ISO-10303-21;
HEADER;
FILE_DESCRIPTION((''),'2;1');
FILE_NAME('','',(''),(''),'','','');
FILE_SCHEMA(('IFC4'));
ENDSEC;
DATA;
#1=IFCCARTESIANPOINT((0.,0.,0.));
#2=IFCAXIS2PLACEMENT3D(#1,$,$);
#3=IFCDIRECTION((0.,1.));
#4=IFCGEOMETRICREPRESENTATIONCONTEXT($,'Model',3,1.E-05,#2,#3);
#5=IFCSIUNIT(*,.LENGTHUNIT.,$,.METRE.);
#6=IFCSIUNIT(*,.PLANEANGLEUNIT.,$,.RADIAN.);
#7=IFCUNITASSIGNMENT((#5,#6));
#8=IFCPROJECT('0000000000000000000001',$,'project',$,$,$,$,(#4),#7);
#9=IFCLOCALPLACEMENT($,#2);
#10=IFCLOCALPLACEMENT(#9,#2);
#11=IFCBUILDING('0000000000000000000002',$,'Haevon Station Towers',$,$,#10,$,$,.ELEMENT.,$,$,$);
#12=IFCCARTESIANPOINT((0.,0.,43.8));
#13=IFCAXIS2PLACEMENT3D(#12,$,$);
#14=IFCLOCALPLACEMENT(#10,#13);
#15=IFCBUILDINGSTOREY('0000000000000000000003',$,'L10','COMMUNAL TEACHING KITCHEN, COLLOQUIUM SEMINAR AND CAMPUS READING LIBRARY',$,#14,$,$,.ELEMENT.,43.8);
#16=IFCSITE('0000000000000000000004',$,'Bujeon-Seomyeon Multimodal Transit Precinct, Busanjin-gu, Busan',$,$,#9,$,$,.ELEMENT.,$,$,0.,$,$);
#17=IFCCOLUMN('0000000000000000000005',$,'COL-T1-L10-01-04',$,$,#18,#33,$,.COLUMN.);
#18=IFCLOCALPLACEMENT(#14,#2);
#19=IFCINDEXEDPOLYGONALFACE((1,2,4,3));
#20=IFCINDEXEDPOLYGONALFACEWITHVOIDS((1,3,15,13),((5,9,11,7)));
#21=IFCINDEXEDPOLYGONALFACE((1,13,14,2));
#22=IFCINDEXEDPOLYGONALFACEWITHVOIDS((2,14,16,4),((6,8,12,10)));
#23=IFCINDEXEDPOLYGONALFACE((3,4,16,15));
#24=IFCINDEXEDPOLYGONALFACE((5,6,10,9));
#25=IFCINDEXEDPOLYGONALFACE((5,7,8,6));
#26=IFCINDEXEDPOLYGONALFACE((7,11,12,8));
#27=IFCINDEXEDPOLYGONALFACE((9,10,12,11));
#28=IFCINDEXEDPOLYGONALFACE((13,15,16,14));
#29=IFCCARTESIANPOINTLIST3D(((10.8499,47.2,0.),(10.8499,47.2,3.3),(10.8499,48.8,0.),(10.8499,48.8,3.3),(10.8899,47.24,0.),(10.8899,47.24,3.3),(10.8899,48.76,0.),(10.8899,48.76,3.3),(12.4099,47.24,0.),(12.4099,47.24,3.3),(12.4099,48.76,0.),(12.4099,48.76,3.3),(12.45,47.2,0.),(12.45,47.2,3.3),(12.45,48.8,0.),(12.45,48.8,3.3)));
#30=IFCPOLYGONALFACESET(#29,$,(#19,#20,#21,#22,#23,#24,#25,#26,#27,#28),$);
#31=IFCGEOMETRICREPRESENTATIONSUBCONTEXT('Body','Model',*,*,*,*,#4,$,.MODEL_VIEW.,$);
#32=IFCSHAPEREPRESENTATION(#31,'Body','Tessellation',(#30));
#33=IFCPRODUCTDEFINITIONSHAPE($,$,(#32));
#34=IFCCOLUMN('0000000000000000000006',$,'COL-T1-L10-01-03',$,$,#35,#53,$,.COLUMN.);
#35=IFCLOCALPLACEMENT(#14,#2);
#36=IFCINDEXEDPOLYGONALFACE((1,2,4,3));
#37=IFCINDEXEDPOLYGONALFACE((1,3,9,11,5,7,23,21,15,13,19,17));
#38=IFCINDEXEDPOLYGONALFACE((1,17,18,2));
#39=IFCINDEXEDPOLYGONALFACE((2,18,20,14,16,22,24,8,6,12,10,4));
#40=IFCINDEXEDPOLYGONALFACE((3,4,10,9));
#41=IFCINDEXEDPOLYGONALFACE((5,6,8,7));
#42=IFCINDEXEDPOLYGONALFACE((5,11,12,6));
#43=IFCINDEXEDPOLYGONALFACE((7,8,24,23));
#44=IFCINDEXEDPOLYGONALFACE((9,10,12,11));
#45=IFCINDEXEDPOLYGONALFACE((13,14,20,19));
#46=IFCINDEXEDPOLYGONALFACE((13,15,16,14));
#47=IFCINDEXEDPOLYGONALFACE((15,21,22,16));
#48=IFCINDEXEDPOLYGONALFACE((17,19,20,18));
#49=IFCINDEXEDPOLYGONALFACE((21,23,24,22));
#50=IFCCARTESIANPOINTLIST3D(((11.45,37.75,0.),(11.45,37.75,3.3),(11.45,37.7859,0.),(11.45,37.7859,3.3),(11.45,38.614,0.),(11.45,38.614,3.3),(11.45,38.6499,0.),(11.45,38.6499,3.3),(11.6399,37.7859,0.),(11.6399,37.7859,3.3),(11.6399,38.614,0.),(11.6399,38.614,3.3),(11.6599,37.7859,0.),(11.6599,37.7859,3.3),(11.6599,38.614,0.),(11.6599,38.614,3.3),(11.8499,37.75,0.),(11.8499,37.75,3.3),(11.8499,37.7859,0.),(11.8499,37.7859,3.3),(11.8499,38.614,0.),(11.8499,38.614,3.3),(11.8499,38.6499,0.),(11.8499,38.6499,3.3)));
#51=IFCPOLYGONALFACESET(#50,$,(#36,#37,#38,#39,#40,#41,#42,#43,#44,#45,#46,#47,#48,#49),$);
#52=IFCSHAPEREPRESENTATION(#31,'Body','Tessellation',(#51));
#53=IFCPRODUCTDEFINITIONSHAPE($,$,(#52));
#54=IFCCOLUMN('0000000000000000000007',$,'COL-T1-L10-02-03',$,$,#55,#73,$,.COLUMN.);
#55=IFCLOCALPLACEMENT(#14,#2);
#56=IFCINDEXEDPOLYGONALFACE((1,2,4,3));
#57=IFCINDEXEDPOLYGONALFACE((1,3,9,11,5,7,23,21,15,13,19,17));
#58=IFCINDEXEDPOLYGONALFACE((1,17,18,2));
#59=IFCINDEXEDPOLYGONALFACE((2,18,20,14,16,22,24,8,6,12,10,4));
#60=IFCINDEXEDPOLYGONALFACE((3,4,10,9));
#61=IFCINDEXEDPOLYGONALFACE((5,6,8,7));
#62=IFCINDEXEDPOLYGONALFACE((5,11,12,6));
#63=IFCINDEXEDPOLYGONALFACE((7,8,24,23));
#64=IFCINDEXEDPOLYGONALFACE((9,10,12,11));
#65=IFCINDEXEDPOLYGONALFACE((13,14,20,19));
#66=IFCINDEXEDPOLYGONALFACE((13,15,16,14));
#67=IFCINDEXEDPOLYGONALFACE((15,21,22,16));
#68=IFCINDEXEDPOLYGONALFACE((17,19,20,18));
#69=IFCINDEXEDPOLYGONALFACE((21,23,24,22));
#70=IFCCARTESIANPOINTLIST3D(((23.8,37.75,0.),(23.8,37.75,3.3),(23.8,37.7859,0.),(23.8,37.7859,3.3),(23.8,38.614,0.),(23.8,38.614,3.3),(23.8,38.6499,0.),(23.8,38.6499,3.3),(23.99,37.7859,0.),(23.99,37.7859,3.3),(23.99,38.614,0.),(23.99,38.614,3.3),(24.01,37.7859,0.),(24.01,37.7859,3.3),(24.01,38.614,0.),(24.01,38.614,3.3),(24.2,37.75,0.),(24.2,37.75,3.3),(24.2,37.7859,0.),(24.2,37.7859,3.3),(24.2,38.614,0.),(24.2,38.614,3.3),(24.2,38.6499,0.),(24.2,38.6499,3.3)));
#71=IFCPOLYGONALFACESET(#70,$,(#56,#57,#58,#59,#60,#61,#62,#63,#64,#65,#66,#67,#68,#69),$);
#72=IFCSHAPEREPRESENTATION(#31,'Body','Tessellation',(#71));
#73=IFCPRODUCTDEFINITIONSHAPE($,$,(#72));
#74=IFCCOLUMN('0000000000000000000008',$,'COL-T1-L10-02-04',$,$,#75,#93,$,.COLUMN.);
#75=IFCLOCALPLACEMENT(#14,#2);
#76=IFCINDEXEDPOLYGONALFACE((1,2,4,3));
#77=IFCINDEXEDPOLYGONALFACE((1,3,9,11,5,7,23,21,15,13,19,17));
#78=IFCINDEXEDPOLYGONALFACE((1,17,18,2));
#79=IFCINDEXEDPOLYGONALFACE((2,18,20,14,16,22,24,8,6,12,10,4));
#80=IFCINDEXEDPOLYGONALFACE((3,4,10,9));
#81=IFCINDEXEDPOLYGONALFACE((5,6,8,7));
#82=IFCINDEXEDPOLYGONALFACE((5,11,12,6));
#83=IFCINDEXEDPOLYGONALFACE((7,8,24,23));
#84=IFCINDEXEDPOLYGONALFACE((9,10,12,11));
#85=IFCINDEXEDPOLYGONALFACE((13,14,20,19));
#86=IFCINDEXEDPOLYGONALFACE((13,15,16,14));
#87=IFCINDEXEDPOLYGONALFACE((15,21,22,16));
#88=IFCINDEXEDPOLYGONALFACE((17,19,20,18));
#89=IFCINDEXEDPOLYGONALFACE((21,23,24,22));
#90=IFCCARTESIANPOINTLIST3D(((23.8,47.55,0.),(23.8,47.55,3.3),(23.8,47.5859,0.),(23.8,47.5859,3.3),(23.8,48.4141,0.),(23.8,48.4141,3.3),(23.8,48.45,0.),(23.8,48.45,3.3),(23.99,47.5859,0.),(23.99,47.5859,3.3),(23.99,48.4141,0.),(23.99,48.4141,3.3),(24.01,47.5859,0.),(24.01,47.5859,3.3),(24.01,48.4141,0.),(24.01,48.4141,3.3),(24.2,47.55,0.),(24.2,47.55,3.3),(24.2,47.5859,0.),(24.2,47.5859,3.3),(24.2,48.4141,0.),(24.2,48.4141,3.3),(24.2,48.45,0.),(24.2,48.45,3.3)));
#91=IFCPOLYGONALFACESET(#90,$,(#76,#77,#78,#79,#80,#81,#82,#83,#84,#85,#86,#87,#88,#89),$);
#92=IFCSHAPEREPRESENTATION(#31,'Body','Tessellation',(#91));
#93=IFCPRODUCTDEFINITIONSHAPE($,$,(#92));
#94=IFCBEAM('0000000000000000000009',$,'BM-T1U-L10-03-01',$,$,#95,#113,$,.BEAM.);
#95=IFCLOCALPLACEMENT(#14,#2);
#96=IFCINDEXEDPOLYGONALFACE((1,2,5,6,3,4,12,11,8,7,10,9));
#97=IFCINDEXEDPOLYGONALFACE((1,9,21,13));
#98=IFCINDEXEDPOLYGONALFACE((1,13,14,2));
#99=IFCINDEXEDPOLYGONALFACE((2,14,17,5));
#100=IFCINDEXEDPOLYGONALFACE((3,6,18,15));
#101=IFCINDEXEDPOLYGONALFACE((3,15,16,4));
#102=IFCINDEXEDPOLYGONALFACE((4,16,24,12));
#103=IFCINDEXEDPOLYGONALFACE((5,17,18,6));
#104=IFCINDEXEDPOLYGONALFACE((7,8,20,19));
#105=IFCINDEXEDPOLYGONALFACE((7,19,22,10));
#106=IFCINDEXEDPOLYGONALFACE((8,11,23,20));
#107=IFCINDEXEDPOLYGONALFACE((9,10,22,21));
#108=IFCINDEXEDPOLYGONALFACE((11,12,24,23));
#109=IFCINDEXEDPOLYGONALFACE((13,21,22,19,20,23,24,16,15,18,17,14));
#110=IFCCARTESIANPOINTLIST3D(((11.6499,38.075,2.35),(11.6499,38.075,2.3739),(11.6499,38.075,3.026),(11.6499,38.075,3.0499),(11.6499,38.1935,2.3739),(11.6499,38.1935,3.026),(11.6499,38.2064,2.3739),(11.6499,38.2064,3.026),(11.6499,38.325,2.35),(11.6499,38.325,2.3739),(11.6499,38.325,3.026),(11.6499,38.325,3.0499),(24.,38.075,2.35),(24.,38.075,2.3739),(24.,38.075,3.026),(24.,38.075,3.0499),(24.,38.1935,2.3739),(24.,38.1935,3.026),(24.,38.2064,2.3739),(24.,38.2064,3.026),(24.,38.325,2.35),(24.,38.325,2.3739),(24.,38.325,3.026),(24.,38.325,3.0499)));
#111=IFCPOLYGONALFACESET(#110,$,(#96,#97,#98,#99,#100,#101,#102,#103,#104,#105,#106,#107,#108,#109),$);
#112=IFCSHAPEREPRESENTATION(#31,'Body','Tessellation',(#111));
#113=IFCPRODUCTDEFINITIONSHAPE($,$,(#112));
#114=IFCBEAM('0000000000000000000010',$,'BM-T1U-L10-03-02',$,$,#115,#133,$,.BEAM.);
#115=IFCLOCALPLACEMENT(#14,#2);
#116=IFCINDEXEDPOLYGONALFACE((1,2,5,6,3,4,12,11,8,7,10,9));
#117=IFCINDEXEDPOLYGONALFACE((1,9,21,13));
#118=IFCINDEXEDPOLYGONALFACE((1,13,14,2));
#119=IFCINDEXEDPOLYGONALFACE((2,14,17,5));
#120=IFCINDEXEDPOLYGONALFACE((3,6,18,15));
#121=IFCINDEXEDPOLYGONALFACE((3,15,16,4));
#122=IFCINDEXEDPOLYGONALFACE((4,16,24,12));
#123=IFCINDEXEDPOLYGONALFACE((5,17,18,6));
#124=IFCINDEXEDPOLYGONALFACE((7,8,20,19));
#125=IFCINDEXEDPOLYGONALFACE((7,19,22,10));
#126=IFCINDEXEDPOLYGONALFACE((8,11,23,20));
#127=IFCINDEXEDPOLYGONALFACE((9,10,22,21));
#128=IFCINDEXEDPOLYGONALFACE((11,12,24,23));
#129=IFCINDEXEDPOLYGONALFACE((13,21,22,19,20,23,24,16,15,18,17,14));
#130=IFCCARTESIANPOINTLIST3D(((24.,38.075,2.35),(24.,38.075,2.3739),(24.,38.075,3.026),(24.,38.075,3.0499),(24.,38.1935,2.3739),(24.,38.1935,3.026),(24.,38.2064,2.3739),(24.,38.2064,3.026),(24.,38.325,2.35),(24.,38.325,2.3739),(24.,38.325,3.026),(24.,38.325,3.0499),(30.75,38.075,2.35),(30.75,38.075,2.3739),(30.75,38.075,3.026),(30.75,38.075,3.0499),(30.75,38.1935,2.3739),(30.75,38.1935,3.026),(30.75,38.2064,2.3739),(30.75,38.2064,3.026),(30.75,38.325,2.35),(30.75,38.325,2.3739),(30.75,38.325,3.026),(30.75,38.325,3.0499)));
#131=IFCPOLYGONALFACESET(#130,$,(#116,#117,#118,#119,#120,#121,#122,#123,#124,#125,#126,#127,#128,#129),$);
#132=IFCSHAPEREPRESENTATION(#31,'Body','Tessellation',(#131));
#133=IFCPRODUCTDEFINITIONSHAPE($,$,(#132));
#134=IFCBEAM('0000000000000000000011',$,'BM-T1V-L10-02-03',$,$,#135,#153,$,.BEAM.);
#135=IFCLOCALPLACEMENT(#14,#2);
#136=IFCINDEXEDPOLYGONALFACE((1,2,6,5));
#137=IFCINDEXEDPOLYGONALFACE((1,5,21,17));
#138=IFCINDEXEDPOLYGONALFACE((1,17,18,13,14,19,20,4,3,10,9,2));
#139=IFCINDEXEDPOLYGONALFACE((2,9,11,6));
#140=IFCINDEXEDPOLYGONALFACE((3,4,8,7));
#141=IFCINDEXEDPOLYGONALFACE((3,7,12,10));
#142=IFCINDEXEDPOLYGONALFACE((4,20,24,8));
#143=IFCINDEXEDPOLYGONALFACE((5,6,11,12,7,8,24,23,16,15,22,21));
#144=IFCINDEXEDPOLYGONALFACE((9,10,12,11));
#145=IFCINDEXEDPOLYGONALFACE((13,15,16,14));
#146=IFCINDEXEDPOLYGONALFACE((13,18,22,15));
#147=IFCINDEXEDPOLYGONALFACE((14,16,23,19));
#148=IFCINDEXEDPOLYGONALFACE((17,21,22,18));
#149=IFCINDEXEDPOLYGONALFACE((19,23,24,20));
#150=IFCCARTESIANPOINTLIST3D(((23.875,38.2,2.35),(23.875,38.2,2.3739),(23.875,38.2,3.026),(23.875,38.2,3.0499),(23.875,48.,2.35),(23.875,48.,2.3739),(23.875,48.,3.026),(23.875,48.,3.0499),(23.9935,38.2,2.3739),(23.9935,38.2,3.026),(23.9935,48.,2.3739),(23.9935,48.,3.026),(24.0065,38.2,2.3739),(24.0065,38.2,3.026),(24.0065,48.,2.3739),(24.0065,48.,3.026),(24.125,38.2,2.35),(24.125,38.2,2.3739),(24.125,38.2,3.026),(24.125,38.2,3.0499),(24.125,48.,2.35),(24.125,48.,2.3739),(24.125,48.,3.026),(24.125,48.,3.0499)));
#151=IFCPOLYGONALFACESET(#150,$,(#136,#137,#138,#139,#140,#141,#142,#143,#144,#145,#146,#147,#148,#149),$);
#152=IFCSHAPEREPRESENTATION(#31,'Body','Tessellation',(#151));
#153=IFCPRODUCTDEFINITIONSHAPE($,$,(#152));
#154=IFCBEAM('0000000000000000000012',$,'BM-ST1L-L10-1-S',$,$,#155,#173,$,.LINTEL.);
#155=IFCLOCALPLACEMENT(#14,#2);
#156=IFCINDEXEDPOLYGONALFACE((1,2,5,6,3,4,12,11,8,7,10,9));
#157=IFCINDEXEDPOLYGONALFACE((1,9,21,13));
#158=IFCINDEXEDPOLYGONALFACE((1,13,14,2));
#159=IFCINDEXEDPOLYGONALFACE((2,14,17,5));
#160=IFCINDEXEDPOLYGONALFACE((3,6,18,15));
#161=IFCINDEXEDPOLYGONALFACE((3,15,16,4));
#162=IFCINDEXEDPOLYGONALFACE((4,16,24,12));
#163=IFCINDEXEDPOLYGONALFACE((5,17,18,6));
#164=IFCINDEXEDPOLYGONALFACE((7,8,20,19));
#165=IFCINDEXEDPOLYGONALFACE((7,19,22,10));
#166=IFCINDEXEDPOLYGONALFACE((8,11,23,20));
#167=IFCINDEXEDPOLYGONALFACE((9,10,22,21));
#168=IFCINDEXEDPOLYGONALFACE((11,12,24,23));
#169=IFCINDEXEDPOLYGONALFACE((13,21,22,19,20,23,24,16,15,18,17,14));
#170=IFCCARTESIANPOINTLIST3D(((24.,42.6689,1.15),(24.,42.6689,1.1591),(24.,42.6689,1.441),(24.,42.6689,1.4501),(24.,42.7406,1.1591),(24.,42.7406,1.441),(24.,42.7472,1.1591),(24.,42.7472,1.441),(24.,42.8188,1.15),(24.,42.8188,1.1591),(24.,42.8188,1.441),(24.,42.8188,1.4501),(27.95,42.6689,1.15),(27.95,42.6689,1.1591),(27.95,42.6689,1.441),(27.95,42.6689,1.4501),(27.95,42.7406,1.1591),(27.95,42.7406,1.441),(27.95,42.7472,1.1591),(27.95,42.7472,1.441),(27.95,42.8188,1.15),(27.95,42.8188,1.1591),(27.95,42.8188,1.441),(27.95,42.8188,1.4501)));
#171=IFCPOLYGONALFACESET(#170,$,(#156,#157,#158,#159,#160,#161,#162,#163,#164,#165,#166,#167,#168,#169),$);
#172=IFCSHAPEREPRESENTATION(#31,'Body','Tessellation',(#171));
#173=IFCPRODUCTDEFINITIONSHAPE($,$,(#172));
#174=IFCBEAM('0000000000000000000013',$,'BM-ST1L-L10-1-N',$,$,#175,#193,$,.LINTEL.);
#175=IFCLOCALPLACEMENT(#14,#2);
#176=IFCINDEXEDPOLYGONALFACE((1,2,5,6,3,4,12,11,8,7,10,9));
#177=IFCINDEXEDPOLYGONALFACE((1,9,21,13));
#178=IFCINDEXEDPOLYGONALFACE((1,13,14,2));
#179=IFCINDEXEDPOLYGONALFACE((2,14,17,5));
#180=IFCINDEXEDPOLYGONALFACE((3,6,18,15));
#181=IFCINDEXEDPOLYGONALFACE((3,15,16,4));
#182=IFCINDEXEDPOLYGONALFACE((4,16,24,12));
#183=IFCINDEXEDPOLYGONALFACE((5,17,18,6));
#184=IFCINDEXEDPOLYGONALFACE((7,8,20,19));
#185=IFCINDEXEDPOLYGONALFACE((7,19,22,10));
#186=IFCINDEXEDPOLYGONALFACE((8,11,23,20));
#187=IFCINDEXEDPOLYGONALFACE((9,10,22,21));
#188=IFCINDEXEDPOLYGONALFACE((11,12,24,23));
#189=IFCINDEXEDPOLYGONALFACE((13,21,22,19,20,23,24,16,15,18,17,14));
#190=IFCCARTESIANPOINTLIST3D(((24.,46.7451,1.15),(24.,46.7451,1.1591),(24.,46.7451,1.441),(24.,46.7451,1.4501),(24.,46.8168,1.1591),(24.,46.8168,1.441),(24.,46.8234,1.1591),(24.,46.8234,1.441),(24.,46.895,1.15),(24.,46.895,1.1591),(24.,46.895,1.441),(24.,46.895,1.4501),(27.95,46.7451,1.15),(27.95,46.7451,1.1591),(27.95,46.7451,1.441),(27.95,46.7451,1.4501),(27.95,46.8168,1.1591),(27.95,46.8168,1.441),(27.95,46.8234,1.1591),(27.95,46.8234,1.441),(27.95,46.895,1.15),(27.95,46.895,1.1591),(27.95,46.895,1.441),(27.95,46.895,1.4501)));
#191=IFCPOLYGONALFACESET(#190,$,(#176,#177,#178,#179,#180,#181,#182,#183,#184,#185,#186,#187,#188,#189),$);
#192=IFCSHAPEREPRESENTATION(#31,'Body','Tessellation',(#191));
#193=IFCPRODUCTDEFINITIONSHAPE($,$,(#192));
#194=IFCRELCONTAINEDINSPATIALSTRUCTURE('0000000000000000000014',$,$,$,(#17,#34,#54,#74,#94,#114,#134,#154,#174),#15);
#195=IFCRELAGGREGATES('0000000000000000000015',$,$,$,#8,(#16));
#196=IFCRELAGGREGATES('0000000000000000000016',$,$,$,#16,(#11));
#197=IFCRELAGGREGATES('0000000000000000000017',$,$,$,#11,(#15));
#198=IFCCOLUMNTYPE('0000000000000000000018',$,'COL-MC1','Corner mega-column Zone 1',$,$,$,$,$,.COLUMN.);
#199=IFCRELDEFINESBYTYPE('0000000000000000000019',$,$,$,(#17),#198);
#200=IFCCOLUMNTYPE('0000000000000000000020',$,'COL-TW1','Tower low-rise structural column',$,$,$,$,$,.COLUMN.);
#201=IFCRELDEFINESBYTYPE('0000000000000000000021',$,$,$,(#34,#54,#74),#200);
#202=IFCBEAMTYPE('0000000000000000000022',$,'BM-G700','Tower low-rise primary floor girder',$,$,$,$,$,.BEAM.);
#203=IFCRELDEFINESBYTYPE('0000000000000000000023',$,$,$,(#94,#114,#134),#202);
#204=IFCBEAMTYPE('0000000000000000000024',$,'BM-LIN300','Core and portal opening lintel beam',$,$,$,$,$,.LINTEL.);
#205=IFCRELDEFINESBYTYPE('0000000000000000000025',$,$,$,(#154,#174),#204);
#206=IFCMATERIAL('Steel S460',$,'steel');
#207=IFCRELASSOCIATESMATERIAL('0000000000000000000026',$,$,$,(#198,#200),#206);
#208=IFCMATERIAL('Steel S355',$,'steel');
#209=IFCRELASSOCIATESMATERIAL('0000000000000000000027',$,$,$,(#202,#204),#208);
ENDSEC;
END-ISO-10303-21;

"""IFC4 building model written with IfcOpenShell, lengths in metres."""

from ifc_helpers import new_model, si_unit, direction, frame, origin, origin_2d, place, context, subcontext, project, spatial, hollow_rectangle, i_section, extrude, material, material_profile, profile_set, type_object, element, save


model = new_model("IFC4")

# Units and contexts
model_context = context("Model", 3, precision=1e-05, world=origin(), true_north=direction((0.0, 1.0)))
body_context = subcontext(model_context, "Body", "Model", "MODEL_VIEW")
ifc_project = project(units=[si_unit("LENGTHUNIT", "METRE"), si_unit("PLANEANGLEUNIT", "RADIAN")], contexts=[model_context])

# Site, building, storey
site_placement = place(None, origin())
site = spatial("IfcSite", under=ifc_project, at=site_placement, Name="Bujeon-Seomyeon Multimodal Transit Precinct, Busanjin-gu, Busan", CompositionType="ELEMENT", RefElevation=0.0)
building_placement = place(site_placement, origin())
building = spatial("IfcBuilding", under=site, at=building_placement, Name="Haevon Station Towers", CompositionType="ELEMENT")
storey_placement = place(building_placement, frame((0.0, 0.0, 43.8)))
storey = spatial("IfcBuildingStorey", under=building, at=storey_placement, Name="L10", Description="COMMUNAL TEACHING KITCHEN, COLLOQUIUM SEMINAR AND CAMPUS READING LIBRARY", CompositionType="ELEMENT", Elevation=43.8)

# Columns
ifc_material_1 = material(Name="Steel S460", Category="steel")
ifc_material_profile_1 = material_profile(ifc_material_1, hollow_rectangle(XDim=1.6001, YDim=1.6001, WallThickness=0.04, at=origin_2d()), Name="BOX-1600x1600x40")
ifc_profile_set_1 = profile_set([ifc_material_profile_1], Name="Steel S460")
column_type_1 = type_object("IfcColumnType", Name="COL-MC1", Description="Corner mega-column Zone 1", PredefinedType="COLUMN", material=ifc_profile_set_1)
column_placement = place(storey_placement, frame((11.6499, 48.0, 0.0), z_axis=(0.0, 0.0, 1.0), x_axis=(1.0, 0.0, 0.0)))
element("IfcColumn", 1, at=column_placement, inside=storey, type_object=column_type_1, Name="COL-T1-L10-01-04", PredefinedType="COLUMN", context=body_context, shape_type="SweptSolid", body=[
    extrude(hollow_rectangle(XDim=1.6001, YDim=1.6001, WallThickness=0.04, at=origin_2d()), origin(), (0.0, 0.0, 1.0), 3.3),
])
ifc_material_profile_2 = material_profile(ifc_material_1, i_section(OverallWidth=0.3999, OverallDepth=0.8999, WebThickness=0.02, FlangeThickness=0.0359, at=origin_2d()), Name="H-900x400x20x36")
ifc_profile_set_2 = profile_set([ifc_material_profile_2], Name="Steel S460")
column_type_2 = type_object("IfcColumnType", Name="COL-TW1", Description="Tower low-rise structural column", PredefinedType="COLUMN", material=ifc_profile_set_2)
for number, where, z_axis, x_axis, name in (
    (2, (11.6499, 38.2, 0.0), (0.0, 0.0, 1.0), (1.0, 0.0, 0.0), "COL-T1-L10-01-03"),
    (3, (24.0, 38.2, 0.0), (0.0, 0.0, 1.0), (1.0, 0.0, 0.0), "COL-T1-L10-02-03"),
    (4, (24.0, 48.0, 0.0), (0.0, 0.0, 1.0), (1.0, 0.0, 0.0), "COL-T1-L10-02-04"),
):
    element("IfcColumn", number, at=place(storey_placement, frame(where, z_axis=z_axis, x_axis=x_axis)), inside=storey, type_object=column_type_2, Name=name, PredefinedType="COLUMN", context=body_context, shape_type="SweptSolid", body=[
        extrude(i_section(OverallWidth=0.3999, OverallDepth=0.8999, WebThickness=0.02, FlangeThickness=0.0359, at=origin_2d()), origin(), (0.0, 0.0, 1.0), 3.3),
    ])

# Beams
ifc_material_2 = material(Name="Steel S355", Category="steel")
ifc_material_profile_3 = material_profile(ifc_material_2, i_section(OverallWidth=0.25, OverallDepth=0.7, WebThickness=0.0129, FlangeThickness=0.0239, at=origin_2d()), Name="H-700x250x13x24")
ifc_profile_set_3 = profile_set([ifc_material_profile_3], Name="Steel S355")
beam_type_1 = type_object("IfcBeamType", Name="BM-G700", Description="Tower low-rise primary floor girder", PredefinedType="BEAM", material=ifc_profile_set_3)
beam_1_placement = place(storey_placement, frame((11.6499, 38.2, 2.7), z_axis=(1.0, 0.0, 0.0), x_axis=(0.0, 1.0, 0.0)))
element("IfcBeam", 5, at=beam_1_placement, inside=storey, type_object=beam_type_1, Name="BM-T1U-L10-03-01", PredefinedType="BEAM", context=body_context, shape_type="SweptSolid", body=[
    extrude(i_section(OverallWidth=0.25, OverallDepth=0.7, WebThickness=0.0129, FlangeThickness=0.0239, at=origin_2d()), origin(), (0.0, 0.0, 1.0), 12.3501),
])
beam_2_placement = place(storey_placement, frame((24.0, 38.2, 2.7), z_axis=(1.0, 0.0, 0.0), x_axis=(0.0, 1.0, 0.0)))
element("IfcBeam", 6, at=beam_2_placement, inside=storey, type_object=beam_type_1, Name="BM-T1U-L10-03-02", PredefinedType="BEAM", context=body_context, shape_type="SweptSolid", body=[
    extrude(i_section(OverallWidth=0.25, OverallDepth=0.7, WebThickness=0.0129, FlangeThickness=0.0239, at=origin_2d()), origin(), (0.0, 0.0, 1.0), 6.75),
])
beam_3_placement = place(storey_placement, frame((24.0, 38.2, 2.7), z_axis=(0.0, 1.0, 0.0), x_axis=(-1.0, 0.0, 0.0)))
element("IfcBeam", 7, at=beam_3_placement, inside=storey, type_object=beam_type_1, Name="BM-T1V-L10-02-03", PredefinedType="BEAM", context=body_context, shape_type="SweptSolid", body=[
    extrude(i_section(OverallWidth=0.25, OverallDepth=0.7, WebThickness=0.0129, FlangeThickness=0.0239, at=origin_2d()), origin(), (0.0, 0.0, 1.0), 9.8),
])
ifc_material_profile_4 = material_profile(ifc_material_2, i_section(OverallWidth=0.1499, OverallDepth=0.3, WebThickness=0.0066, FlangeThickness=0.009, at=origin_2d()), Name="H-300x150x6.5x9")
ifc_profile_set_4 = profile_set([ifc_material_profile_4], Name="Steel S355")
beam_type_2 = type_object("IfcBeamType", Name="BM-LIN300", Description="Core and portal opening lintel beam", PredefinedType="LINTEL", material=ifc_profile_set_4)
for number, where, z_axis, x_axis, name in (
    (8, (24.0, 42.7439, 1.3), (1.0, 0.0, 0.0), (0.0, 1.0, 0.0), "BM-ST1L-L10-1-S"),
    (9, (24.0, 46.8201, 1.3), (1.0, 0.0, 0.0), (0.0, 1.0, 0.0), "BM-ST1L-L10-1-N"),
):
    element("IfcBeam", number, at=place(storey_placement, frame(where, z_axis=z_axis, x_axis=x_axis)), inside=storey, type_object=beam_type_2, Name=name, PredefinedType="LINTEL", context=body_context, shape_type="SweptSolid", body=[
        extrude(i_section(OverallWidth=0.1499, OverallDepth=0.3, WebThickness=0.0066, FlangeThickness=0.009, at=origin_2d()), origin(), (0.0, 0.0, 1.0), 3.95),
    ])

save(model, "model.ifc")
